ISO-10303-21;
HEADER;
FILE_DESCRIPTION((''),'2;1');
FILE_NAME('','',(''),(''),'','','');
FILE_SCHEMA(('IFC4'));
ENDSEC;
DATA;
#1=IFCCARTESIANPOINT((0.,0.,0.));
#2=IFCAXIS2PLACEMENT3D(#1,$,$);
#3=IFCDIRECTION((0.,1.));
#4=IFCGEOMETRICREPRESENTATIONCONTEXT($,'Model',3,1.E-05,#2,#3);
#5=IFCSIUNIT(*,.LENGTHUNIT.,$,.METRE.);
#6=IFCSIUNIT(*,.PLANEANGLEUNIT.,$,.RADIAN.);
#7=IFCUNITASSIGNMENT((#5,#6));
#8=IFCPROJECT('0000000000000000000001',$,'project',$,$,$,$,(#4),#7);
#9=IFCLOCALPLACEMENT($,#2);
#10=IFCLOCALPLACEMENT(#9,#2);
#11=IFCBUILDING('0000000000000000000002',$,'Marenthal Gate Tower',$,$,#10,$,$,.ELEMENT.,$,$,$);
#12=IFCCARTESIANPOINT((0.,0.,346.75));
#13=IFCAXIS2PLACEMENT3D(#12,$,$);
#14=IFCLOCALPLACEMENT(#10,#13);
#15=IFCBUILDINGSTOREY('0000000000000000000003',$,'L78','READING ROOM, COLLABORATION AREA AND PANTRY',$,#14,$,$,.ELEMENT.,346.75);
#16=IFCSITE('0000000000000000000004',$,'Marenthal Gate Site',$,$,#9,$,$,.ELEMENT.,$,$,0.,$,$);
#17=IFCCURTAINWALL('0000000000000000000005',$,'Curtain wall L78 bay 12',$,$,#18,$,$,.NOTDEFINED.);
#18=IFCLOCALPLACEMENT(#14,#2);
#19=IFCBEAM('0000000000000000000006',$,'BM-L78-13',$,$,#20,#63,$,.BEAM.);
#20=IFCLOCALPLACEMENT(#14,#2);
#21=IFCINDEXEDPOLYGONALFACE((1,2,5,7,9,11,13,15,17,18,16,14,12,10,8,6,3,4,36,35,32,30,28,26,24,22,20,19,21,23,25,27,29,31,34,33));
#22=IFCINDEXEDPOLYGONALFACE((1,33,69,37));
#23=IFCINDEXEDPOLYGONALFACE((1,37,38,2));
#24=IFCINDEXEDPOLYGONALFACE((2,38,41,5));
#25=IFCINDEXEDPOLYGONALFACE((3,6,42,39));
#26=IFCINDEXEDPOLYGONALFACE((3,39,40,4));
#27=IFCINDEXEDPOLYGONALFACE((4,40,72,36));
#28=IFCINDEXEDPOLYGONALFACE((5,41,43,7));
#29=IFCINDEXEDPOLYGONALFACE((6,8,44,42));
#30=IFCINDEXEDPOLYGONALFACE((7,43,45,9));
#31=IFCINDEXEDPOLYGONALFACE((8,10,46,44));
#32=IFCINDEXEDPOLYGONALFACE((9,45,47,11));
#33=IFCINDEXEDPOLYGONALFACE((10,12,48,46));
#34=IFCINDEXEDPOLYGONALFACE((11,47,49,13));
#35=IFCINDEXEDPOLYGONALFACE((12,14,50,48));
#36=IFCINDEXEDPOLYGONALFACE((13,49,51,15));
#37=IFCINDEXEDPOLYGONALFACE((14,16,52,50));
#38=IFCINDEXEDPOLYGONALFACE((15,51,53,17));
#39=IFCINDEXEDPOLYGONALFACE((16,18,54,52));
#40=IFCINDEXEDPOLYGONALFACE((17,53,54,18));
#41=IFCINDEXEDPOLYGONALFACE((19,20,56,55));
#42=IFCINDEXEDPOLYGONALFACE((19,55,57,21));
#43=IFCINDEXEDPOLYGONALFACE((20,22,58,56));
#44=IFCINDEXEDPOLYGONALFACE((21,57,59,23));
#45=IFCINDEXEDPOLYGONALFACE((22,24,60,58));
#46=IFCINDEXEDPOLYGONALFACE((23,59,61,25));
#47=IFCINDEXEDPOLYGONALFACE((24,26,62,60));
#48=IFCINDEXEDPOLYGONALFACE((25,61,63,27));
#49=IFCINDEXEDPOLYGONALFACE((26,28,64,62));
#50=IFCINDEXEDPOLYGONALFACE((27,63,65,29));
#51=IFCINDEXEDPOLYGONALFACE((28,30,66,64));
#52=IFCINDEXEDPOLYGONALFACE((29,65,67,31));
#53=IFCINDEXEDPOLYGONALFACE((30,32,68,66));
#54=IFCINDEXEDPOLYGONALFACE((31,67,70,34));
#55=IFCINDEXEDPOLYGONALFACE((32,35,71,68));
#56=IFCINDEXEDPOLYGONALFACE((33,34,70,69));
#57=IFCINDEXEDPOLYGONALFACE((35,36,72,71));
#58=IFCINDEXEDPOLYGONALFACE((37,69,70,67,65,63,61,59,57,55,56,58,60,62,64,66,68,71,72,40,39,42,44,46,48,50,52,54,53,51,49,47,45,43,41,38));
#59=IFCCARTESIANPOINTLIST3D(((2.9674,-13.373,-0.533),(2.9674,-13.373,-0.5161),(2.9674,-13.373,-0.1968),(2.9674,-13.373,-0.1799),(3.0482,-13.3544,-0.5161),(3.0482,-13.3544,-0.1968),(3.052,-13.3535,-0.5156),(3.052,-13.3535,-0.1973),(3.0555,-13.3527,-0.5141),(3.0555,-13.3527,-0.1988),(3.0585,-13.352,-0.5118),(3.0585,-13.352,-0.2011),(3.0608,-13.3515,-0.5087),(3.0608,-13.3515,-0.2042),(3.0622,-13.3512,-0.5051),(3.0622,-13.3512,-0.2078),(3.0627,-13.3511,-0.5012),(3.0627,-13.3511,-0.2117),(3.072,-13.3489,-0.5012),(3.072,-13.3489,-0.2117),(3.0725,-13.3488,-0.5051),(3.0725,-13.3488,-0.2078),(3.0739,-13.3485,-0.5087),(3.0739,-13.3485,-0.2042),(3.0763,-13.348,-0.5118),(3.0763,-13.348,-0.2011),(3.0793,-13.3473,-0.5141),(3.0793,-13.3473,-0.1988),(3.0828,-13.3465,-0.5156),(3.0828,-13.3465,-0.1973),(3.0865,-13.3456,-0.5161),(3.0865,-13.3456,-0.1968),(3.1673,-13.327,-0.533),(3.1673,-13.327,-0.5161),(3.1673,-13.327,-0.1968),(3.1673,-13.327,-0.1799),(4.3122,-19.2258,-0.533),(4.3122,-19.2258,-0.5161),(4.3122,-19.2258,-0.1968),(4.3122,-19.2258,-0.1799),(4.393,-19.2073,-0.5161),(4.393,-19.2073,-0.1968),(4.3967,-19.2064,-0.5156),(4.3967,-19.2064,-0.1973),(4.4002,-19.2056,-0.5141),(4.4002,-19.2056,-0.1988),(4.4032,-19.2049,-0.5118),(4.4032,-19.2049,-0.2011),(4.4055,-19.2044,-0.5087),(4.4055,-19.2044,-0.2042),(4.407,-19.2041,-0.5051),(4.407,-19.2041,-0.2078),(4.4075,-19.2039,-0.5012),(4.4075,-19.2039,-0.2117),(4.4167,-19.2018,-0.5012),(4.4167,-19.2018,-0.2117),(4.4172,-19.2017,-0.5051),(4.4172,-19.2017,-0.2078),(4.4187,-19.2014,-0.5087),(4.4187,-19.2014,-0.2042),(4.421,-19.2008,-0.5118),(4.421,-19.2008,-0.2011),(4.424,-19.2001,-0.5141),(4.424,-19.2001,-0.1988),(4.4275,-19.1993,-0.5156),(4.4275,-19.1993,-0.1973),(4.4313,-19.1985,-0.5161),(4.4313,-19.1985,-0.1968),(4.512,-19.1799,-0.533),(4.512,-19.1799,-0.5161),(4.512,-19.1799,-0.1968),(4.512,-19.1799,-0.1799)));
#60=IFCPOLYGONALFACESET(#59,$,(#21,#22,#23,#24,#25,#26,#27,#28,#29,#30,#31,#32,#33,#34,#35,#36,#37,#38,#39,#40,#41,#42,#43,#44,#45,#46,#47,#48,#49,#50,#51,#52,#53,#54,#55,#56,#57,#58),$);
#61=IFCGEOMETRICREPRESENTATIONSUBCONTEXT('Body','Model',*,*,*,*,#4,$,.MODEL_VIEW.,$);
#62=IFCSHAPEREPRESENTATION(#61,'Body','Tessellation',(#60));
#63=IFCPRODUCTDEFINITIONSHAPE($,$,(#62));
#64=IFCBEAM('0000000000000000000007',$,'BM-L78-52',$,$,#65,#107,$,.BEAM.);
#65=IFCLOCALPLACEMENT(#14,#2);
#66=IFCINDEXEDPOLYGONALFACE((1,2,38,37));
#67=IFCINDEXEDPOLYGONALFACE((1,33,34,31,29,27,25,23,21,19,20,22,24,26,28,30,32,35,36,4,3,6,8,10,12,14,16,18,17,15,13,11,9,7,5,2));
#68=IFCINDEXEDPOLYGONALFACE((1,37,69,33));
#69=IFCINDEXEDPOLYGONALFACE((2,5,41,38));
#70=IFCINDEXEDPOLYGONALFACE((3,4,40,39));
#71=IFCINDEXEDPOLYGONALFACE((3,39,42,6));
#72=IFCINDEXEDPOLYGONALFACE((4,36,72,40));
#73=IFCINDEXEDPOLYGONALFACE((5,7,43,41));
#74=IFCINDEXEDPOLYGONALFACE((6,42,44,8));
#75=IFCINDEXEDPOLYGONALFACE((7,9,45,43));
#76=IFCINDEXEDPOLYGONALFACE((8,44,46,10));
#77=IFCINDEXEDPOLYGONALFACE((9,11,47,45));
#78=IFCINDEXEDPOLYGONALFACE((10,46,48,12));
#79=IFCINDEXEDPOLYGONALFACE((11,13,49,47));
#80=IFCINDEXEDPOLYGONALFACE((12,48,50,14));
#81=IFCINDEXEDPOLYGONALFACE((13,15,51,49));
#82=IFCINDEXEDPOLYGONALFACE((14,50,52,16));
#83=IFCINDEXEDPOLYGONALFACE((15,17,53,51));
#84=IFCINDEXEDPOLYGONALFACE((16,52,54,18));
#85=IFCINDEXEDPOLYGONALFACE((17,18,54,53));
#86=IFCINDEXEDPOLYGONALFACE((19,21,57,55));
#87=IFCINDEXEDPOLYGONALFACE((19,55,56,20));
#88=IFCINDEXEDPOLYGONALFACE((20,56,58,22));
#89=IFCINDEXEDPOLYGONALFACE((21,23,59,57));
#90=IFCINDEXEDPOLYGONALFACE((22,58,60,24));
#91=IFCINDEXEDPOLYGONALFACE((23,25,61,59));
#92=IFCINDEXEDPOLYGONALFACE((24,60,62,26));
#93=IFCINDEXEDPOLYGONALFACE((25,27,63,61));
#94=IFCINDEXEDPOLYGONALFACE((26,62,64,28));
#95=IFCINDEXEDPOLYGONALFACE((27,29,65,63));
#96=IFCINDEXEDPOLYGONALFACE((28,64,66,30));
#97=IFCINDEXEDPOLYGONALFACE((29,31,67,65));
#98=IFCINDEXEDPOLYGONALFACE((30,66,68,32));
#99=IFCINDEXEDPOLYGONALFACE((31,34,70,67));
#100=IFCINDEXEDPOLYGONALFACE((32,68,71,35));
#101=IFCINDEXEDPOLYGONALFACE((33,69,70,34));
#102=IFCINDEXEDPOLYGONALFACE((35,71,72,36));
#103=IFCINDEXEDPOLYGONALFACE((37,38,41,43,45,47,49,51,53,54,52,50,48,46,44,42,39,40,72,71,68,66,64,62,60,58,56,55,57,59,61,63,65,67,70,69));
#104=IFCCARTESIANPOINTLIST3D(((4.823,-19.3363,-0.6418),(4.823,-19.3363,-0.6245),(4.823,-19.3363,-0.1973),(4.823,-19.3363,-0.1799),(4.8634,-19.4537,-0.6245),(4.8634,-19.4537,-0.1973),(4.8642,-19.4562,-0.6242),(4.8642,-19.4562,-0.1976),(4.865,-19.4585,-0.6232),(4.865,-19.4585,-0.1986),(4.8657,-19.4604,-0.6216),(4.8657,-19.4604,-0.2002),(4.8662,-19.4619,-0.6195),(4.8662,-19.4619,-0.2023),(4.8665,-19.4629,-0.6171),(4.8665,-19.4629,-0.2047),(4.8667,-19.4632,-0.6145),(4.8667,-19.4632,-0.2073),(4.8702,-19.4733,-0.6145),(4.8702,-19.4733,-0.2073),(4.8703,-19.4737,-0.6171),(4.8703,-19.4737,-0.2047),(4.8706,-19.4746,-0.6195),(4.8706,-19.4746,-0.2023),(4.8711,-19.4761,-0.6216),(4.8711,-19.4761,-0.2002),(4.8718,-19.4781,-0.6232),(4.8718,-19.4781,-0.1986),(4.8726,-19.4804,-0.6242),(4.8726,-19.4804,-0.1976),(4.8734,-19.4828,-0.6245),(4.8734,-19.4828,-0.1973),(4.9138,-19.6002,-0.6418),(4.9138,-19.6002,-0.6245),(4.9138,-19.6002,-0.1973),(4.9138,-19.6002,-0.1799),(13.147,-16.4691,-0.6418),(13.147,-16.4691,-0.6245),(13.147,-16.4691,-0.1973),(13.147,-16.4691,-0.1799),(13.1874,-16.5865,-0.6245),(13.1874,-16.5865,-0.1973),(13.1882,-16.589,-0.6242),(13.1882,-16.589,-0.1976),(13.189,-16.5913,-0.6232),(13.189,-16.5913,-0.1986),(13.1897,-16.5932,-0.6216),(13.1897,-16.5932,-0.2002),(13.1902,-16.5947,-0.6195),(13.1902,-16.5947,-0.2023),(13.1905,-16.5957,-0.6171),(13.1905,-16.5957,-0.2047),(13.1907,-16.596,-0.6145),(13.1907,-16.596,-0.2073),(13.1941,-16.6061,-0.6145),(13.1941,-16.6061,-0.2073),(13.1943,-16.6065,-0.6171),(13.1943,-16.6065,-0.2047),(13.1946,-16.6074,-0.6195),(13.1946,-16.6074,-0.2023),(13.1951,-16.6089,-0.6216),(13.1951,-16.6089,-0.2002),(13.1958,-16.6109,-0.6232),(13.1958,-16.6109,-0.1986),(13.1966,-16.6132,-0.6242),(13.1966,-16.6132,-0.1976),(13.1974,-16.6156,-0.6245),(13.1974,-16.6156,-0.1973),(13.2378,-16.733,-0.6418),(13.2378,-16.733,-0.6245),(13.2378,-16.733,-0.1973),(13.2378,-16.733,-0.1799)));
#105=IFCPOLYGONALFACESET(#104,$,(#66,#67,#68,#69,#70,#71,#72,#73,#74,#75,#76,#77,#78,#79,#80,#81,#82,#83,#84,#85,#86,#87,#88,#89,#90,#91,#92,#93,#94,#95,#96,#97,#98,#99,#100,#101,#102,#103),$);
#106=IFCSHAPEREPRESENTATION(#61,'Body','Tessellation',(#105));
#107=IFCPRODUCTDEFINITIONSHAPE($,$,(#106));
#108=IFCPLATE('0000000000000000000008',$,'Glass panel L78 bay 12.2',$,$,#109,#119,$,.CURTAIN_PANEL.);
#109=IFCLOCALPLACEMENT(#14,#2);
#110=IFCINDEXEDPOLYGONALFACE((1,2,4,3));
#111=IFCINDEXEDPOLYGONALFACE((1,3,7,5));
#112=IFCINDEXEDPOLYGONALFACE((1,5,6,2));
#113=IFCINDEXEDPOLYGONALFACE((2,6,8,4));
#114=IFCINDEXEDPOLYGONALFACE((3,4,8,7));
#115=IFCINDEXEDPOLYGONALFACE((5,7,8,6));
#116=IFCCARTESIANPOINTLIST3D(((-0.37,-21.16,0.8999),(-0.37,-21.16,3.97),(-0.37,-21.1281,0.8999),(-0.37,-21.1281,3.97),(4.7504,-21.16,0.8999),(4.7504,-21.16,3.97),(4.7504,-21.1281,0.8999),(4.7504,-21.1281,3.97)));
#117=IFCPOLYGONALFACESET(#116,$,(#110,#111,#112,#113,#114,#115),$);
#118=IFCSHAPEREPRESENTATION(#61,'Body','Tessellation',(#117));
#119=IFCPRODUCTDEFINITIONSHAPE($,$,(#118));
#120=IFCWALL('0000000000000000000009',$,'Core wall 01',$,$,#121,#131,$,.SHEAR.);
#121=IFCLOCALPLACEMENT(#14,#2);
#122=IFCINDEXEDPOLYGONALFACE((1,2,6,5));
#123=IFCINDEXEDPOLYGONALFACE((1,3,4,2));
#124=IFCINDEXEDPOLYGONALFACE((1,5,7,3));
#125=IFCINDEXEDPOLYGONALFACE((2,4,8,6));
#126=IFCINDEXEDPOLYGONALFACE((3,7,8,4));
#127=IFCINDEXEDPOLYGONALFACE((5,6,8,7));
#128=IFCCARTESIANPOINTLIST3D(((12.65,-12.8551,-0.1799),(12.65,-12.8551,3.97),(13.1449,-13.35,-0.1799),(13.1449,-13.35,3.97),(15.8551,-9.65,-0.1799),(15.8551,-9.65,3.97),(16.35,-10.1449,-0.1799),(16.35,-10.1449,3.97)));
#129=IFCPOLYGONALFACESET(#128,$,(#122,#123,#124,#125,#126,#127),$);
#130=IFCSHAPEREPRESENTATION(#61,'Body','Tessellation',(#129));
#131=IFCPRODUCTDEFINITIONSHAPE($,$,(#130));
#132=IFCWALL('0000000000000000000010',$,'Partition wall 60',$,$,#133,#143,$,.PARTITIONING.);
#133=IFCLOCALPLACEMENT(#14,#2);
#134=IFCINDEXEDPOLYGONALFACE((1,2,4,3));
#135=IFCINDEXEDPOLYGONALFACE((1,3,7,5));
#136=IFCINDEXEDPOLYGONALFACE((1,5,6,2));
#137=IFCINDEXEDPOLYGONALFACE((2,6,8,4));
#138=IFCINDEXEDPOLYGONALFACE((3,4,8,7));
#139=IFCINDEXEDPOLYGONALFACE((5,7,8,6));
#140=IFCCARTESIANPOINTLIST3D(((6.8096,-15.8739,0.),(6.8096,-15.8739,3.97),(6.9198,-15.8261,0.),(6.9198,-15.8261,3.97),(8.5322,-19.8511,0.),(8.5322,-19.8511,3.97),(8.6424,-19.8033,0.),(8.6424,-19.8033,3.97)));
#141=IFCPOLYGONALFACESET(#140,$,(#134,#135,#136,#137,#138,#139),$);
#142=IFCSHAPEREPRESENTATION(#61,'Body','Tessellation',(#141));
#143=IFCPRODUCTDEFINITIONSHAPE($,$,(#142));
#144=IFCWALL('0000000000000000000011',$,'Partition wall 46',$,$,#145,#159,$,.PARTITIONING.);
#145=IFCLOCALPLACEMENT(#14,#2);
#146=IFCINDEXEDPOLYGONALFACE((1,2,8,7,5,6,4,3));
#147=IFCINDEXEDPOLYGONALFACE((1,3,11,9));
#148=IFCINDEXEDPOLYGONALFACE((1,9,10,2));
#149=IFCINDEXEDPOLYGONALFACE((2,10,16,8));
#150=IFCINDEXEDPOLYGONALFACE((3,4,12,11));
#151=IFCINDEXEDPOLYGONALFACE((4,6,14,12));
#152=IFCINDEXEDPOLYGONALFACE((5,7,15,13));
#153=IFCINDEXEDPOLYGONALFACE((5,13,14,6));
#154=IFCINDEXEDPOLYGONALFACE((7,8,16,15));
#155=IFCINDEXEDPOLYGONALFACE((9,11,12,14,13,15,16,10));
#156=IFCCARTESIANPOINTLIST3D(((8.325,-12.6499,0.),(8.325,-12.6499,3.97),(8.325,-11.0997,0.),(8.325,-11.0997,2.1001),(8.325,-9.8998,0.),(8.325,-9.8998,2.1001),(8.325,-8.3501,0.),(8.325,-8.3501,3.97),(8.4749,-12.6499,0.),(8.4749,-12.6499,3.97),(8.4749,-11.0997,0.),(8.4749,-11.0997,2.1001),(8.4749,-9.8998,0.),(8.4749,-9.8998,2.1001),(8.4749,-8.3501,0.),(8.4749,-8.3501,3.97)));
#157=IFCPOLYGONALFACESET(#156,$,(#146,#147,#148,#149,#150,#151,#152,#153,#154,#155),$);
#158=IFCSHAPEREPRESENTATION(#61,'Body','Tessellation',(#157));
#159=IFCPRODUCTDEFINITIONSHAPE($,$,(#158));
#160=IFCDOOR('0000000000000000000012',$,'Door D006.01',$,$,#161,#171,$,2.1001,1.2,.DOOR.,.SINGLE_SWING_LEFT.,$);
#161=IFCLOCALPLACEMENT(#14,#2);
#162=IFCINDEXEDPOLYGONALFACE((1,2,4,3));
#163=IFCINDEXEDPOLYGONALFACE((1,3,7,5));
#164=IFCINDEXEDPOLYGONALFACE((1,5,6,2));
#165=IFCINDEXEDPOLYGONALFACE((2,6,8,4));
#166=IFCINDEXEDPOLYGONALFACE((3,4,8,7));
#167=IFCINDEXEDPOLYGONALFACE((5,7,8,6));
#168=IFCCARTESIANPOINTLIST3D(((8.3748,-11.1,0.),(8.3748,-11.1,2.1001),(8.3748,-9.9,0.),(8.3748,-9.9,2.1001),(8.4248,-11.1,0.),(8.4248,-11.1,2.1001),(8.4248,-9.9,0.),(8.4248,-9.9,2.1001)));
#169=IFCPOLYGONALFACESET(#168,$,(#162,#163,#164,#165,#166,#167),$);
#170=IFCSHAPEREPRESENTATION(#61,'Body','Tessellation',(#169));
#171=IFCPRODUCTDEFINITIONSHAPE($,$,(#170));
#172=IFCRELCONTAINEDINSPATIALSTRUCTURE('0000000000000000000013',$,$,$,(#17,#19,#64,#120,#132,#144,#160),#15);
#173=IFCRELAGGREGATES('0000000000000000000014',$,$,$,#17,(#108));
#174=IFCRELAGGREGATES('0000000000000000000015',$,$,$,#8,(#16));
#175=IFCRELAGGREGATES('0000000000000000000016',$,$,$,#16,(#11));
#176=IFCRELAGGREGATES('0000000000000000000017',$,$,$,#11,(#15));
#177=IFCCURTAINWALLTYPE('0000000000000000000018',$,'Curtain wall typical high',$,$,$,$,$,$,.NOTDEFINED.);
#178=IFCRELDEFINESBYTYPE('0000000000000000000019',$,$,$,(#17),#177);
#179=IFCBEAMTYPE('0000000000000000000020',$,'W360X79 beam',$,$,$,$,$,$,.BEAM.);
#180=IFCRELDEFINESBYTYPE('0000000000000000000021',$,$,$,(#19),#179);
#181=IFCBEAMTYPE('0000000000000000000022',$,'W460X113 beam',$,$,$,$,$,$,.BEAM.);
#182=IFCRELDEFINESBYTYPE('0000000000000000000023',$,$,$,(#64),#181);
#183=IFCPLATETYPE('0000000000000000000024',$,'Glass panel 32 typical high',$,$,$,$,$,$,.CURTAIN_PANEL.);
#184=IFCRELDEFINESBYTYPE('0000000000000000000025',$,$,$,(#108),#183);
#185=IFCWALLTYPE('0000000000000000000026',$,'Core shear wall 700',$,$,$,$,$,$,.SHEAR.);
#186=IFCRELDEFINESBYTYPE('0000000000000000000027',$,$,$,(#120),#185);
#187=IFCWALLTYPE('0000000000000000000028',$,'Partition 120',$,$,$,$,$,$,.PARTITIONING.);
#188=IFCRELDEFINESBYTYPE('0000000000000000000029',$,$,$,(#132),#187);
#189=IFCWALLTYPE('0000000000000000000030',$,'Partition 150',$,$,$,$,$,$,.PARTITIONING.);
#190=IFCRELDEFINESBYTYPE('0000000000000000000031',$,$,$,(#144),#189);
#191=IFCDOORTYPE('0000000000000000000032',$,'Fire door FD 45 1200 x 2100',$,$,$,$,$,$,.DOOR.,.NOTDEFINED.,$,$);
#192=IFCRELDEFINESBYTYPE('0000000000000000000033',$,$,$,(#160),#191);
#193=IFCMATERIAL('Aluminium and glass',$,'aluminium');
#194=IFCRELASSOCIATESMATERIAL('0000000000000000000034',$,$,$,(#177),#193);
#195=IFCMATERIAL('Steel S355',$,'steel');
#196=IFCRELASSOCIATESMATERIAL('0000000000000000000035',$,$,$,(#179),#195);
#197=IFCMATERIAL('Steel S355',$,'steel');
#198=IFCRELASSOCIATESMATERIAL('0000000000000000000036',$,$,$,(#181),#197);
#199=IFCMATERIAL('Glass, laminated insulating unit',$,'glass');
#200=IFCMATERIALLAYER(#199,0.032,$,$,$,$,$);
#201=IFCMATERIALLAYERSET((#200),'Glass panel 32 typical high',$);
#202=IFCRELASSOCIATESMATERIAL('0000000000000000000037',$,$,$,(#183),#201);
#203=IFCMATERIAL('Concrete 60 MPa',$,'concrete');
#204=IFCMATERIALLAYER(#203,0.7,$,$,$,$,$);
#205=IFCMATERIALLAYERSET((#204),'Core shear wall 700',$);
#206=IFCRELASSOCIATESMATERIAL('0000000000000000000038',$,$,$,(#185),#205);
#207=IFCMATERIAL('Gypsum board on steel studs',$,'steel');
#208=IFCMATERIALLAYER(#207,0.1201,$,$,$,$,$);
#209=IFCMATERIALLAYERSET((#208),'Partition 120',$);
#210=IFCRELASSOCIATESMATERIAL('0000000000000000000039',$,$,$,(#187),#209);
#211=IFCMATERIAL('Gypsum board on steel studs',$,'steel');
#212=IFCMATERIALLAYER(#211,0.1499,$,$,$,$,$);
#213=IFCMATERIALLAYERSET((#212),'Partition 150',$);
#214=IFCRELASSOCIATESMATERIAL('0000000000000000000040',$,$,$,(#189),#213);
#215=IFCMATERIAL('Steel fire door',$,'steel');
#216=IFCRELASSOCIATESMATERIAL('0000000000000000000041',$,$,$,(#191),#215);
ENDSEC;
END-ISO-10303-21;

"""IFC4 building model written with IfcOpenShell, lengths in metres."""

from ifc_helpers import new_model, si_unit, direction, frame, frame_2d, origin, origin_2d, place, context, subcontext, project, spatial, rectangle, i_section, extrude, material, layer, layer_set, material_profile, profile_set, type_object, element, fill, aggregate, save


model = new_model("IFC4")

# Units and contexts
model_context = context("Model", 3, precision=1e-05, world=origin(), true_north=direction((0.0, 1.0)))
body_context = subcontext(model_context, "Body", "Model", "MODEL_VIEW")
ifc_project = project(units=[si_unit("LENGTHUNIT", "METRE"), si_unit("PLANEANGLEUNIT", "RADIAN")], contexts=[model_context])

# Site, building, storey
site_placement = place(None, origin())
site = spatial("IfcSite", under=ifc_project, at=site_placement, Name="Marenthal Gate Site", CompositionType="ELEMENT", RefElevation=0.0)
building_placement = place(site_placement, origin())
building = spatial("IfcBuilding", under=site, at=building_placement, Name="Marenthal Gate Tower", CompositionType="ELEMENT")
storey_placement = place(building_placement, frame((0.0, 0.0, 346.75)))
storey = spatial("IfcBuildingStorey", under=building, at=storey_placement, Name="L78", Description="READING ROOM, COLLABORATION AREA AND PANTRY", CompositionType="ELEMENT", Elevation=346.75)

# Curtain wall
ifc_material_1 = material(Name="Aluminium and glass", Category="aluminium")
curtain_wall_type = type_object("IfcCurtainWallType", Name="Curtain wall typical high", PredefinedType="NOTDEFINED", material=ifc_material_1)
curtain_wall_placement = place(storey_placement, origin())
curtain_wall = element("IfcCurtainWall", 1, at=curtain_wall_placement, inside=storey, type_object=curtain_wall_type, Name="Curtain wall L78 bay 12", PredefinedType="NOTDEFINED")

# Beams
ifc_material_2 = material(Name="Steel S355", Category="steel")
ifc_material_profile_1 = material_profile(ifc_material_2, i_section(OverallWidth=0.2051, OverallDepth=0.353, WebThickness=0.0095, FlangeThickness=0.0168, FilletRadius=0.0149, at=origin_2d()), Name="W360X79")
ifc_profile_set_1 = profile_set([ifc_material_profile_1], Name="Steel S355")
beam_type_1 = type_object("IfcBeamType", Name="W360X79 beam", PredefinedType="BEAM", material=ifc_profile_set_1)
beam_1_placement = place(storey_placement, frame((4.4121, -19.2029, -0.3564), z_axis=(-0.223924, 0.974607, 0.0), x_axis=(-0.974607, -0.223924, 0.0)))
element("IfcBeam", 2, at=beam_1_placement, inside=storey, type_object=beam_type_1, Name="BM-L78-13", PredefinedType="BEAM", context=body_context, shape_type="SweptSolid", body=[
    extrude(i_section(OverallWidth=0.2051, OverallDepth=0.353, WebThickness=0.0095, FlangeThickness=0.0168, FilletRadius=0.0149, at=origin_2d()), origin(), (0.0, 0.0, 1.0), 6.0054),
])
ifc_material_3 = material(Name="Steel S355", Category="steel")
ifc_material_profile_2 = material_profile(ifc_material_3, i_section(OverallWidth=0.2791, OverallDepth=0.4619, WebThickness=0.0107, FlangeThickness=0.0173, FilletRadius=0.01, at=origin_2d()), Name="W460X113")
ifc_profile_set_2 = profile_set([ifc_material_profile_2], Name="Steel S355")
beam_type_2 = type_object("IfcBeamType", Name="W460X113 beam", PredefinedType="BEAM", material=ifc_profile_set_2)
beam_2_placement = place(storey_placement, frame((4.8684, -19.4683, -0.4109), z_axis=(0.945483, 0.325671, 0.0), x_axis=(-0.325671, 0.945483, 0.0)))
element("IfcBeam", 3, at=beam_2_placement, inside=storey, type_object=beam_type_2, Name="BM-L78-52", PredefinedType="BEAM", context=body_context, shape_type="SweptSolid", body=[
    extrude(i_section(OverallWidth=0.2791, OverallDepth=0.4619, WebThickness=0.0107, FlangeThickness=0.0173, FilletRadius=0.01, at=origin_2d()), origin(), (0.0, 0.0, 1.0), 8.804),
])

# Plate
ifc_material_4 = material(Name="Glass, laminated insulating unit", Category="glass")
ifc_layer_1 = layer(ifc_material_4, 0.032)
ifc_layer_set_1 = layer_set([ifc_layer_1], Name="Glass panel 32 typical high")
plate_type = type_object("IfcPlateType", Name="Glass panel 32 typical high", PredefinedType="CURTAIN_PANEL", material=ifc_layer_set_1)
plate_placement = place(storey_placement, frame((2.1902, -21.144, 0.8999), z_axis=(0.0, 0.0, 1.0), x_axis=(1.0, 0.0, 0.0)))
plate = element("IfcPlate", 4, at=plate_placement, type_object=plate_type, Name="Glass panel L78 bay 12.2", PredefinedType="CURTAIN_PANEL", context=body_context, shape_type="SweptSolid", body=[
    extrude(rectangle(XDim=5.1204, YDim=0.032, at=origin_2d()), origin(), (0.0, 0.0, 1.0), 3.0701),
])
aggregate(curtain_wall, [plate])

# Walls
ifc_material_5 = material(Name="Concrete 60 MPa", Category="concrete")
ifc_layer_2 = layer(ifc_material_5, 0.7)
ifc_layer_set_2 = layer_set([ifc_layer_2], Name="Core shear wall 700")
wall_type_1 = type_object("IfcWallType", Name="Core shear wall 700", PredefinedType="SHEAR", material=ifc_layer_set_2)
wall_1_placement = place(storey_placement, frame((12.8975, -13.1025, -0.1799), z_axis=(0.0, 0.0, 1.0), x_axis=(0.707107, 0.707107, 0.0)))
element("IfcWall", 5, at=wall_1_placement, inside=storey, type_object=wall_type_1, Name="Core wall 01", PredefinedType="SHEAR", context=body_context, shape_type="SweptSolid", body=[
    extrude(rectangle(XDim=4.5327, YDim=0.7, at=frame_2d((2.2664, 0.0))), origin(), (0.0, 0.0, 1.0), 4.1499),
])
ifc_material_6 = material(Name="Gypsum board on steel studs", Category="steel")
ifc_layer_3 = layer(ifc_material_6, 0.1201)
ifc_layer_set_3 = layer_set([ifc_layer_3], Name="Partition 120")
wall_type_2 = type_object("IfcWallType", Name="Partition 120", PredefinedType="PARTITIONING", material=ifc_layer_set_3)
wall_2_placement = place(storey_placement, frame((6.8647, -15.8501, 0.0), z_axis=(0.0, 0.0, 1.0), x_axis=(0.397445, -0.917626, 0.0)))
element("IfcWall", 6, at=wall_2_placement, inside=storey, type_object=wall_type_2, Name="Partition wall 60", PredefinedType="PARTITIONING", context=body_context, shape_type="SweptSolid", body=[
    extrude(rectangle(XDim=4.3342, YDim=0.1201, at=frame_2d((2.167, 0.0))), origin(), (0.0, 0.0, 1.0), 3.97),
])

# Wall, opening, door
ifc_material_7 = material(Name="Gypsum board on steel studs", Category="steel")
ifc_layer_4 = layer(ifc_material_7, 0.1499)
ifc_layer_set_4 = layer_set([ifc_layer_4], Name="Partition 150")
wall_type_3 = type_object("IfcWallType", Name="Partition 150", PredefinedType="PARTITIONING", material=ifc_layer_set_4)
wall_3_placement = place(storey_placement, frame((8.3999, -12.6499, 0.0), z_axis=(0.0, 0.0, 1.0), x_axis=(0.0, 1.0, 0.0)))
wall_3 = element("IfcWall", 7, at=wall_3_placement, inside=storey, type_object=wall_type_3, Name="Partition wall 46", PredefinedType="PARTITIONING", context=body_context, shape_type="SweptSolid", body=[
    extrude(rectangle(XDim=4.2998, YDim=0.1499, at=frame_2d((2.1499, 0.0))), origin(), (0.0, 0.0, 1.0), 3.97),
])
opening_1_placement = place(wall_3_placement, frame((1.55, 0.0, 0.0)))
opening_1 = element("IfcOpeningElement", 8, at=opening_1_placement, cuts=wall_3, PredefinedType="OPENING", context=body_context, shape_type="SweptSolid", body=[
    extrude(rectangle(XDim=1.2, YDim=2.1001, at=frame_2d((0.6001, 1.05))), frame((0.0, 0.085, 0.0), z_axis=(0.0, -1.0, 0.0), x_axis=(1.0, 0.0, 0.0)), (0.0, 0.0, 1.0), 0.1699),
])
ifc_material_8 = material(Name="Steel fire door", Category="steel")
door_type_1 = type_object("IfcDoorType", Name="Fire door FD 45 1200 x 2100", OperationType="NOTDEFINED", PredefinedType="DOOR", material=ifc_material_8)
door_1_placement = place(opening_1_placement, frame((1.2, 0.0, 0.0), z_axis=(0.0, 0.0, 1.0), x_axis=(-1.0, 0.0, 0.0)))
door_1 = element("IfcDoor", 9, at=door_1_placement, inside=storey, type_object=door_type_1, Name="Door D006.01", OperationType="SINGLE_SWING_LEFT", OverallHeight=2.1001, OverallWidth=1.2, PredefinedType="DOOR", context=body_context, shape_type="SweptSolid", body=[
    extrude(rectangle(XDim=1.2, YDim=2.1001, at=frame_2d((0.6001, 1.05))), frame((0.0, 0.0249, 0.0), z_axis=(0.0, -1.0, 0.0), x_axis=(1.0, 0.0, 0.0)), (0.0, 0.0, 1.0), 0.05),
])
fill(opening_1, door_1)

save(model, "model.ifc")
